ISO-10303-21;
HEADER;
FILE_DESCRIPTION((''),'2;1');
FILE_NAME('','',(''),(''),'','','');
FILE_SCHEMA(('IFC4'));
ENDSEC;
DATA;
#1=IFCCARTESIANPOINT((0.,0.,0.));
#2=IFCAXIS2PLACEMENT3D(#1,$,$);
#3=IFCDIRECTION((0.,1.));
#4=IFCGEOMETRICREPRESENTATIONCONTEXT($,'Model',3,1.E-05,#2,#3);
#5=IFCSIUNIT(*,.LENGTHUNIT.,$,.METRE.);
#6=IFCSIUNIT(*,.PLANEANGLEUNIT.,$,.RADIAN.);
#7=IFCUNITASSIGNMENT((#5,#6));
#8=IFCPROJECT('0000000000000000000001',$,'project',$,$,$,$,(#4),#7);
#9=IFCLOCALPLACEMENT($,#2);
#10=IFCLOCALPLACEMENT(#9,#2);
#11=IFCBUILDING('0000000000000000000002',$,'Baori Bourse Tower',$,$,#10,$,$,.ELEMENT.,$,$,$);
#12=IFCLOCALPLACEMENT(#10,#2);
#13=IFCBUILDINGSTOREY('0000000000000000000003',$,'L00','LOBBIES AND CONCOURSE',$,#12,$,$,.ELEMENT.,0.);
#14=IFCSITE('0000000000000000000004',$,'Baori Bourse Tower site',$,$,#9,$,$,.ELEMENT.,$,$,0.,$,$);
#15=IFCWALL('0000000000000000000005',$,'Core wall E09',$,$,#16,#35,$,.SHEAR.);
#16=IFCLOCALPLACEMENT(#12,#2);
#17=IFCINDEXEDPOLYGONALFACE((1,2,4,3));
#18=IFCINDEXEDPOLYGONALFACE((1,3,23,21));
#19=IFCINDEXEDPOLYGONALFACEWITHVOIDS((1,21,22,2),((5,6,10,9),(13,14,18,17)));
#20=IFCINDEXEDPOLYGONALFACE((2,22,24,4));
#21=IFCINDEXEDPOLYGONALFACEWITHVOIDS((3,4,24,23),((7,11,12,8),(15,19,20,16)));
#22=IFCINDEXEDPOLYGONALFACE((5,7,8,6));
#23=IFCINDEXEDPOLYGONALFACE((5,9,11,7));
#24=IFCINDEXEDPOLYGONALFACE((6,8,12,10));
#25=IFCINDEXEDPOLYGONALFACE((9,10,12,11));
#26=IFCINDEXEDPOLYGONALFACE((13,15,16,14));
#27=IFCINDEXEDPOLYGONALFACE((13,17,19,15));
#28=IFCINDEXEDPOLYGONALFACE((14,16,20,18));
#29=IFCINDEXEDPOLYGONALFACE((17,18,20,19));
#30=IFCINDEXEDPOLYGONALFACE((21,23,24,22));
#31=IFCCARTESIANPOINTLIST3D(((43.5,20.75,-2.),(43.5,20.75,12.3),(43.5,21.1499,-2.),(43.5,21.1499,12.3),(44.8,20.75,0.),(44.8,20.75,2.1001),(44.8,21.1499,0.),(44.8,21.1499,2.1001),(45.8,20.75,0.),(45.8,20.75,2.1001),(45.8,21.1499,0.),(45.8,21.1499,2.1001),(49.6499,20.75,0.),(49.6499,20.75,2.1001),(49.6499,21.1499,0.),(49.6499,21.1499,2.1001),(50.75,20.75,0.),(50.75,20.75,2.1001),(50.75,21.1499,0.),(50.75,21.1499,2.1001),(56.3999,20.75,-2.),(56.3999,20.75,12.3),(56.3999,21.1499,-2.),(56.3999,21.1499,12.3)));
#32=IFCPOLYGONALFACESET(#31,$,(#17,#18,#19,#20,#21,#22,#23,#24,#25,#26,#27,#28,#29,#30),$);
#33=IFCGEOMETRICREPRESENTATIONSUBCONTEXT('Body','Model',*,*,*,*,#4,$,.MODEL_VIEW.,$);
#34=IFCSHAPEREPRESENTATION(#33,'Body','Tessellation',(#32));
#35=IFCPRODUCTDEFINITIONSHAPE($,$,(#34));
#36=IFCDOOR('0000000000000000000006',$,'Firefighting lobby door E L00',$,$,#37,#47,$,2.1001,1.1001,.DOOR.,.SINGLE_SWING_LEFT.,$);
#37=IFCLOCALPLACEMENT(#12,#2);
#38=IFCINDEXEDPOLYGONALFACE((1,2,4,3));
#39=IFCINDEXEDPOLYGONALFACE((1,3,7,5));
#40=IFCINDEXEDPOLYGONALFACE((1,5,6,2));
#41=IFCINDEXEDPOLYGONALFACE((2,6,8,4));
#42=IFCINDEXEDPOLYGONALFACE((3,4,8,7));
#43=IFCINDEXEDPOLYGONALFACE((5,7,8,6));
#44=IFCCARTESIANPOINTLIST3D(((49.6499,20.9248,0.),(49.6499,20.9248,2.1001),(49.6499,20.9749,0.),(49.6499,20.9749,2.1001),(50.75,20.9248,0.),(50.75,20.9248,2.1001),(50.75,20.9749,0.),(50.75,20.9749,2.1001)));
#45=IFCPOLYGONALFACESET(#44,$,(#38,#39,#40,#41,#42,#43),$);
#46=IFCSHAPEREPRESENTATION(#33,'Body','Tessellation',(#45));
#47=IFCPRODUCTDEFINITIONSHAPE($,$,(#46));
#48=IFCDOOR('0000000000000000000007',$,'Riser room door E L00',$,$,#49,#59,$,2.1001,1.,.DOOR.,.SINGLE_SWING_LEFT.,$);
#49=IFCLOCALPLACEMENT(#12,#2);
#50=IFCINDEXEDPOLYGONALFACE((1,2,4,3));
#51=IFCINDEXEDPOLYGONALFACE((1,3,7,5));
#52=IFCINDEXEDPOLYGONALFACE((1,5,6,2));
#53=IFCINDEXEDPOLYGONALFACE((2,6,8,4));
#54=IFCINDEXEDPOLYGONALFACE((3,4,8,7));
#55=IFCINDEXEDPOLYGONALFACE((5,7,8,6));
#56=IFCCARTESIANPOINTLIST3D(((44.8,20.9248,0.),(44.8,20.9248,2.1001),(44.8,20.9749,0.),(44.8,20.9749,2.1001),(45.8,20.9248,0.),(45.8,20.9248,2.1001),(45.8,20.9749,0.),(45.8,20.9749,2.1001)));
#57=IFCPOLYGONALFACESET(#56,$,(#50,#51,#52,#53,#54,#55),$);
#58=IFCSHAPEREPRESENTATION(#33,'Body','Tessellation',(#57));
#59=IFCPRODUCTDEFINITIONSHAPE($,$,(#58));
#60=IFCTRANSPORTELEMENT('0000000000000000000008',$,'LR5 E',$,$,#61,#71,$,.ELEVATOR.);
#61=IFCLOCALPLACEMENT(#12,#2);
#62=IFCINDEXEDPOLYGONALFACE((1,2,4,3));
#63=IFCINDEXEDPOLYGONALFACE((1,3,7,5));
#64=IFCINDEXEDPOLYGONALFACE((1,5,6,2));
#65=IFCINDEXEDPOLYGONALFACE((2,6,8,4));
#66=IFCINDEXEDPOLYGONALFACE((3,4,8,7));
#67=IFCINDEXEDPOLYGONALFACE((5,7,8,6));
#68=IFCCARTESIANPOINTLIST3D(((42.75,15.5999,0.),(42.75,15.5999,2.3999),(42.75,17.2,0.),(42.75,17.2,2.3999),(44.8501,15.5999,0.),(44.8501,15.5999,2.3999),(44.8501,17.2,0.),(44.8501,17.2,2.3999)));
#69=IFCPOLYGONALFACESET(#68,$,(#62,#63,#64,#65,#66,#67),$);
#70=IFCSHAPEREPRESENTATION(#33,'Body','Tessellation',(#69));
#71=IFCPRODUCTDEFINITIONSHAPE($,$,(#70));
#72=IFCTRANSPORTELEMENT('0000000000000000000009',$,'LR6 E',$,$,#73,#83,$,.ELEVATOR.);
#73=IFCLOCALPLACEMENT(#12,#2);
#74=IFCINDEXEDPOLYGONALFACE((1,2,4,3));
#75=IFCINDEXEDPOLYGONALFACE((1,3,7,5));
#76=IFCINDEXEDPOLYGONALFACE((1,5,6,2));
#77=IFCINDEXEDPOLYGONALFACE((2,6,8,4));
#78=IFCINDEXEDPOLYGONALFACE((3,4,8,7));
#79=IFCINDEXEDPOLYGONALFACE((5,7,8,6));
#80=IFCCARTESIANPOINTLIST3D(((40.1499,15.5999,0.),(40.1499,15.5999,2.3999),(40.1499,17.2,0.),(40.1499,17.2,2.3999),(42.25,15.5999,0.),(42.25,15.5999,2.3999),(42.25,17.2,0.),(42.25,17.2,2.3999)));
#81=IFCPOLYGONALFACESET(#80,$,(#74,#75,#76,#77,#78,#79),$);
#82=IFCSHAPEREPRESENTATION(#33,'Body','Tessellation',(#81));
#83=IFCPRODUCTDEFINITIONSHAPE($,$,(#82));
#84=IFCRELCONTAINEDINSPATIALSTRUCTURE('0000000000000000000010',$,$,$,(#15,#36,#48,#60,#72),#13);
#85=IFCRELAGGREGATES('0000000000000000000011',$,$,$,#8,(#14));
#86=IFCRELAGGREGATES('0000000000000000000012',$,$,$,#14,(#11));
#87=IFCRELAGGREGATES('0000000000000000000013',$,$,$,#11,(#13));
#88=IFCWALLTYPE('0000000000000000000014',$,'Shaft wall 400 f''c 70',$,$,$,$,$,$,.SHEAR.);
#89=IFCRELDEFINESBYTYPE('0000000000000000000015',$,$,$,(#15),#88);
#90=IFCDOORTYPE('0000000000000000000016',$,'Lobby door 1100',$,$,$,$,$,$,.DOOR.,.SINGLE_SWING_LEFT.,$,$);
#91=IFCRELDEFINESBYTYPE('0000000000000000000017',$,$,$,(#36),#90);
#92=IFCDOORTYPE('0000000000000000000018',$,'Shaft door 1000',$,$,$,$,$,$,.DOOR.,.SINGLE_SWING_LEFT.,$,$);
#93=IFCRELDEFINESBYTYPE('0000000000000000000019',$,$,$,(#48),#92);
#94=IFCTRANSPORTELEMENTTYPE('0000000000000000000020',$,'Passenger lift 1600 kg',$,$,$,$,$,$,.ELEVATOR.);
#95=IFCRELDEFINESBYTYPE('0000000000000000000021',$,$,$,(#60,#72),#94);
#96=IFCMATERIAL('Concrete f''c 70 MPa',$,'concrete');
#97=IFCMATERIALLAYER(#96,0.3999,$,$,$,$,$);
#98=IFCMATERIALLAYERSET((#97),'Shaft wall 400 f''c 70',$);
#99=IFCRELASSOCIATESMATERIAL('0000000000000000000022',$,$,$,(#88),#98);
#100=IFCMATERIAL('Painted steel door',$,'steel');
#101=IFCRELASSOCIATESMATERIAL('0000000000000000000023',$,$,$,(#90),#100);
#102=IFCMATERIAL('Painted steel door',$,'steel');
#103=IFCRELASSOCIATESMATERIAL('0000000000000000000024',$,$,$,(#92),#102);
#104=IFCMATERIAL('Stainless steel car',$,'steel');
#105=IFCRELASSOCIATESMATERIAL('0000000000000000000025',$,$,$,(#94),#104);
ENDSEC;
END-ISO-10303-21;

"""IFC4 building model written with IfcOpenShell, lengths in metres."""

from ifc_helpers import new_model, si_unit, direction, frame, frame_2d, origin, origin_2d, place, context, subcontext, project, spatial, rectangle, extrude, material, layer, layer_set, type_object, element, fill, save


model = new_model("IFC4")

# Units and contexts
model_context = context("Model", 3, precision=1e-05, world=origin(), true_north=direction((0.0, 1.0)))
body_context = subcontext(model_context, "Body", "Model", "MODEL_VIEW")
ifc_project = project(units=[si_unit("LENGTHUNIT", "METRE"), si_unit("PLANEANGLEUNIT", "RADIAN")], contexts=[model_context])

# Site, building, storey
site_placement = place(None, origin())
site = spatial("IfcSite", under=ifc_project, at=site_placement, Name="Baori Bourse Tower site", CompositionType="ELEMENT", RefElevation=0.0)
building_placement = place(site_placement, origin())
building = spatial("IfcBuilding", under=site, at=building_placement, Name="Baori Bourse Tower", CompositionType="ELEMENT")
storey_placement = place(building_placement, origin())
storey = spatial("IfcBuildingStorey", under=building, at=storey_placement, Name="L00", Description="LOBBIES AND CONCOURSE", CompositionType="ELEMENT", Elevation=0.0)

# Shared definitions
ifc_material_1 = material(Name="Concrete f'c 70 MPa", Category="concrete")
ifc_layer_1 = layer(ifc_material_1, 0.3999)
ifc_layer_set_1 = layer_set([ifc_layer_1], Name="Shaft wall 400 f'c 70")
wall_type_1 = type_object("IfcWallType", Name="Shaft wall 400 f'c 70", PredefinedType="SHEAR", material=ifc_layer_set_1)

# Wall, openings, doors
wall_1_placement = place(storey_placement, frame((43.5, 20.95, -2.0), z_axis=(0.0, 0.0, 1.0), x_axis=(1.0, 0.0, 0.0)))
wall_1 = element("IfcWall", 1, at=wall_1_placement, inside=storey, type_object=wall_type_1, Name="Core wall E09", PredefinedType="SHEAR", context=body_context, shape_type="SweptSolid", body=[
    extrude(rectangle(XDim=12.8999, YDim=0.3999, at=frame_2d((6.45, 0.0))), origin(), (0.0, 0.0, 1.0), 14.3),
])
opening_1_placement = place(wall_1_placement, frame((6.1499, 0.0, 2.0)))
opening_1 = element("IfcOpeningElement", 2, at=opening_1_placement, cuts=wall_1, PredefinedType="OPENING", context=body_context, shape_type="SweptSolid", body=[
    extrude(rectangle(XDim=1.1001, YDim=2.1001, at=frame_2d((0.55, 1.05))), frame((0.0, 0.21, 0.0), z_axis=(0.0, -1.0, 0.0), x_axis=(1.0, 0.0, 0.0)), (0.0, 0.0, 1.0), 0.4199),
])
opening_2_placement = place(wall_1_placement, frame((1.3, 0.0, 2.0)))
opening_2 = element("IfcOpeningElement", 3, at=opening_2_placement, cuts=wall_1, PredefinedType="OPENING", context=body_context, shape_type="SweptSolid", body=[
    extrude(rectangle(XDim=1.0, YDim=2.1001, at=frame_2d((0.5, 1.05))), frame((0.0, 0.21, 0.0), z_axis=(0.0, -1.0, 0.0), x_axis=(1.0, 0.0, 0.0)), (0.0, 0.0, 1.0), 0.4199),
])
ifc_material_2 = material(Name="Painted steel door", Category="steel")
door_type_1 = type_object("IfcDoorType", Name="Lobby door 1100", OperationType="SINGLE_SWING_LEFT", PredefinedType="DOOR", material=ifc_material_2)
door_1_placement = place(opening_1_placement, origin())
door_1 = element("IfcDoor", 4, at=door_1_placement, inside=storey, type_object=door_type_1, Name="Firefighting lobby door E L00", OperationType="SINGLE_SWING_LEFT", OverallHeight=2.1001, OverallWidth=1.1001, PredefinedType="DOOR", context=body_context, shape_type="SweptSolid", body=[
    extrude(rectangle(XDim=1.1001, YDim=2.1001, at=frame_2d((0.55, 1.05))), frame((0.0, 0.0249, 0.0), z_axis=(0.0, -1.0, 0.0), x_axis=(1.0, 0.0, 0.0)), (0.0, 0.0, 1.0), 0.05),
])
fill(opening_1, door_1)
ifc_material_3 = material(Name="Painted steel door", Category="steel")
door_type_2 = type_object("IfcDoorType", Name="Shaft door 1000", OperationType="SINGLE_SWING_LEFT", PredefinedType="DOOR", material=ifc_material_3)
door_2_placement = place(opening_2_placement, origin())
door_2 = element("IfcDoor", 5, at=door_2_placement, inside=storey, type_object=door_type_2, Name="Riser room door E L00", OperationType="SINGLE_SWING_LEFT", OverallHeight=2.1001, OverallWidth=1.0, PredefinedType="DOOR", context=body_context, shape_type="SweptSolid", body=[
    extrude(rectangle(XDim=1.0, YDim=2.1001, at=frame_2d((0.5, 1.05))), frame((0.0, 0.0249, 0.0), z_axis=(0.0, -1.0, 0.0), x_axis=(1.0, 0.0, 0.0)), (0.0, 0.0, 1.0), 0.05),
])
fill(opening_2, door_2)

# Transport elements
ifc_material_4 = material(Name="Stainless steel car", Category="steel")
transport_element_type = type_object("IfcTransportElementType", Name="Passenger lift 1600 kg", PredefinedType="ELEVATOR", material=ifc_material_4)
for number, where, z_axis, x_axis, name in (
    (6, (43.8, 16.3999, 0.0), (0.0, 0.0, 1.0), (1.0, 0.0, 0.0), "LR5 E"),
    (7, (41.2, 16.3999, 0.0), (0.0, 0.0, 1.0), (1.0, 0.0, 0.0), "LR6 E"),
):
    element("IfcTransportElement", number, at=place(storey_placement, frame(where, z_axis=z_axis, x_axis=x_axis)), inside=storey, type_object=transport_element_type, Name=name, PredefinedType="ELEVATOR", context=body_context, shape_type="SweptSolid", body=[
        extrude(rectangle(XDim=2.1001, YDim=1.6001, at=origin_2d()), origin(), (0.0, 0.0, 1.0), 2.3999),
    ])

save(model, "model.ifc")
